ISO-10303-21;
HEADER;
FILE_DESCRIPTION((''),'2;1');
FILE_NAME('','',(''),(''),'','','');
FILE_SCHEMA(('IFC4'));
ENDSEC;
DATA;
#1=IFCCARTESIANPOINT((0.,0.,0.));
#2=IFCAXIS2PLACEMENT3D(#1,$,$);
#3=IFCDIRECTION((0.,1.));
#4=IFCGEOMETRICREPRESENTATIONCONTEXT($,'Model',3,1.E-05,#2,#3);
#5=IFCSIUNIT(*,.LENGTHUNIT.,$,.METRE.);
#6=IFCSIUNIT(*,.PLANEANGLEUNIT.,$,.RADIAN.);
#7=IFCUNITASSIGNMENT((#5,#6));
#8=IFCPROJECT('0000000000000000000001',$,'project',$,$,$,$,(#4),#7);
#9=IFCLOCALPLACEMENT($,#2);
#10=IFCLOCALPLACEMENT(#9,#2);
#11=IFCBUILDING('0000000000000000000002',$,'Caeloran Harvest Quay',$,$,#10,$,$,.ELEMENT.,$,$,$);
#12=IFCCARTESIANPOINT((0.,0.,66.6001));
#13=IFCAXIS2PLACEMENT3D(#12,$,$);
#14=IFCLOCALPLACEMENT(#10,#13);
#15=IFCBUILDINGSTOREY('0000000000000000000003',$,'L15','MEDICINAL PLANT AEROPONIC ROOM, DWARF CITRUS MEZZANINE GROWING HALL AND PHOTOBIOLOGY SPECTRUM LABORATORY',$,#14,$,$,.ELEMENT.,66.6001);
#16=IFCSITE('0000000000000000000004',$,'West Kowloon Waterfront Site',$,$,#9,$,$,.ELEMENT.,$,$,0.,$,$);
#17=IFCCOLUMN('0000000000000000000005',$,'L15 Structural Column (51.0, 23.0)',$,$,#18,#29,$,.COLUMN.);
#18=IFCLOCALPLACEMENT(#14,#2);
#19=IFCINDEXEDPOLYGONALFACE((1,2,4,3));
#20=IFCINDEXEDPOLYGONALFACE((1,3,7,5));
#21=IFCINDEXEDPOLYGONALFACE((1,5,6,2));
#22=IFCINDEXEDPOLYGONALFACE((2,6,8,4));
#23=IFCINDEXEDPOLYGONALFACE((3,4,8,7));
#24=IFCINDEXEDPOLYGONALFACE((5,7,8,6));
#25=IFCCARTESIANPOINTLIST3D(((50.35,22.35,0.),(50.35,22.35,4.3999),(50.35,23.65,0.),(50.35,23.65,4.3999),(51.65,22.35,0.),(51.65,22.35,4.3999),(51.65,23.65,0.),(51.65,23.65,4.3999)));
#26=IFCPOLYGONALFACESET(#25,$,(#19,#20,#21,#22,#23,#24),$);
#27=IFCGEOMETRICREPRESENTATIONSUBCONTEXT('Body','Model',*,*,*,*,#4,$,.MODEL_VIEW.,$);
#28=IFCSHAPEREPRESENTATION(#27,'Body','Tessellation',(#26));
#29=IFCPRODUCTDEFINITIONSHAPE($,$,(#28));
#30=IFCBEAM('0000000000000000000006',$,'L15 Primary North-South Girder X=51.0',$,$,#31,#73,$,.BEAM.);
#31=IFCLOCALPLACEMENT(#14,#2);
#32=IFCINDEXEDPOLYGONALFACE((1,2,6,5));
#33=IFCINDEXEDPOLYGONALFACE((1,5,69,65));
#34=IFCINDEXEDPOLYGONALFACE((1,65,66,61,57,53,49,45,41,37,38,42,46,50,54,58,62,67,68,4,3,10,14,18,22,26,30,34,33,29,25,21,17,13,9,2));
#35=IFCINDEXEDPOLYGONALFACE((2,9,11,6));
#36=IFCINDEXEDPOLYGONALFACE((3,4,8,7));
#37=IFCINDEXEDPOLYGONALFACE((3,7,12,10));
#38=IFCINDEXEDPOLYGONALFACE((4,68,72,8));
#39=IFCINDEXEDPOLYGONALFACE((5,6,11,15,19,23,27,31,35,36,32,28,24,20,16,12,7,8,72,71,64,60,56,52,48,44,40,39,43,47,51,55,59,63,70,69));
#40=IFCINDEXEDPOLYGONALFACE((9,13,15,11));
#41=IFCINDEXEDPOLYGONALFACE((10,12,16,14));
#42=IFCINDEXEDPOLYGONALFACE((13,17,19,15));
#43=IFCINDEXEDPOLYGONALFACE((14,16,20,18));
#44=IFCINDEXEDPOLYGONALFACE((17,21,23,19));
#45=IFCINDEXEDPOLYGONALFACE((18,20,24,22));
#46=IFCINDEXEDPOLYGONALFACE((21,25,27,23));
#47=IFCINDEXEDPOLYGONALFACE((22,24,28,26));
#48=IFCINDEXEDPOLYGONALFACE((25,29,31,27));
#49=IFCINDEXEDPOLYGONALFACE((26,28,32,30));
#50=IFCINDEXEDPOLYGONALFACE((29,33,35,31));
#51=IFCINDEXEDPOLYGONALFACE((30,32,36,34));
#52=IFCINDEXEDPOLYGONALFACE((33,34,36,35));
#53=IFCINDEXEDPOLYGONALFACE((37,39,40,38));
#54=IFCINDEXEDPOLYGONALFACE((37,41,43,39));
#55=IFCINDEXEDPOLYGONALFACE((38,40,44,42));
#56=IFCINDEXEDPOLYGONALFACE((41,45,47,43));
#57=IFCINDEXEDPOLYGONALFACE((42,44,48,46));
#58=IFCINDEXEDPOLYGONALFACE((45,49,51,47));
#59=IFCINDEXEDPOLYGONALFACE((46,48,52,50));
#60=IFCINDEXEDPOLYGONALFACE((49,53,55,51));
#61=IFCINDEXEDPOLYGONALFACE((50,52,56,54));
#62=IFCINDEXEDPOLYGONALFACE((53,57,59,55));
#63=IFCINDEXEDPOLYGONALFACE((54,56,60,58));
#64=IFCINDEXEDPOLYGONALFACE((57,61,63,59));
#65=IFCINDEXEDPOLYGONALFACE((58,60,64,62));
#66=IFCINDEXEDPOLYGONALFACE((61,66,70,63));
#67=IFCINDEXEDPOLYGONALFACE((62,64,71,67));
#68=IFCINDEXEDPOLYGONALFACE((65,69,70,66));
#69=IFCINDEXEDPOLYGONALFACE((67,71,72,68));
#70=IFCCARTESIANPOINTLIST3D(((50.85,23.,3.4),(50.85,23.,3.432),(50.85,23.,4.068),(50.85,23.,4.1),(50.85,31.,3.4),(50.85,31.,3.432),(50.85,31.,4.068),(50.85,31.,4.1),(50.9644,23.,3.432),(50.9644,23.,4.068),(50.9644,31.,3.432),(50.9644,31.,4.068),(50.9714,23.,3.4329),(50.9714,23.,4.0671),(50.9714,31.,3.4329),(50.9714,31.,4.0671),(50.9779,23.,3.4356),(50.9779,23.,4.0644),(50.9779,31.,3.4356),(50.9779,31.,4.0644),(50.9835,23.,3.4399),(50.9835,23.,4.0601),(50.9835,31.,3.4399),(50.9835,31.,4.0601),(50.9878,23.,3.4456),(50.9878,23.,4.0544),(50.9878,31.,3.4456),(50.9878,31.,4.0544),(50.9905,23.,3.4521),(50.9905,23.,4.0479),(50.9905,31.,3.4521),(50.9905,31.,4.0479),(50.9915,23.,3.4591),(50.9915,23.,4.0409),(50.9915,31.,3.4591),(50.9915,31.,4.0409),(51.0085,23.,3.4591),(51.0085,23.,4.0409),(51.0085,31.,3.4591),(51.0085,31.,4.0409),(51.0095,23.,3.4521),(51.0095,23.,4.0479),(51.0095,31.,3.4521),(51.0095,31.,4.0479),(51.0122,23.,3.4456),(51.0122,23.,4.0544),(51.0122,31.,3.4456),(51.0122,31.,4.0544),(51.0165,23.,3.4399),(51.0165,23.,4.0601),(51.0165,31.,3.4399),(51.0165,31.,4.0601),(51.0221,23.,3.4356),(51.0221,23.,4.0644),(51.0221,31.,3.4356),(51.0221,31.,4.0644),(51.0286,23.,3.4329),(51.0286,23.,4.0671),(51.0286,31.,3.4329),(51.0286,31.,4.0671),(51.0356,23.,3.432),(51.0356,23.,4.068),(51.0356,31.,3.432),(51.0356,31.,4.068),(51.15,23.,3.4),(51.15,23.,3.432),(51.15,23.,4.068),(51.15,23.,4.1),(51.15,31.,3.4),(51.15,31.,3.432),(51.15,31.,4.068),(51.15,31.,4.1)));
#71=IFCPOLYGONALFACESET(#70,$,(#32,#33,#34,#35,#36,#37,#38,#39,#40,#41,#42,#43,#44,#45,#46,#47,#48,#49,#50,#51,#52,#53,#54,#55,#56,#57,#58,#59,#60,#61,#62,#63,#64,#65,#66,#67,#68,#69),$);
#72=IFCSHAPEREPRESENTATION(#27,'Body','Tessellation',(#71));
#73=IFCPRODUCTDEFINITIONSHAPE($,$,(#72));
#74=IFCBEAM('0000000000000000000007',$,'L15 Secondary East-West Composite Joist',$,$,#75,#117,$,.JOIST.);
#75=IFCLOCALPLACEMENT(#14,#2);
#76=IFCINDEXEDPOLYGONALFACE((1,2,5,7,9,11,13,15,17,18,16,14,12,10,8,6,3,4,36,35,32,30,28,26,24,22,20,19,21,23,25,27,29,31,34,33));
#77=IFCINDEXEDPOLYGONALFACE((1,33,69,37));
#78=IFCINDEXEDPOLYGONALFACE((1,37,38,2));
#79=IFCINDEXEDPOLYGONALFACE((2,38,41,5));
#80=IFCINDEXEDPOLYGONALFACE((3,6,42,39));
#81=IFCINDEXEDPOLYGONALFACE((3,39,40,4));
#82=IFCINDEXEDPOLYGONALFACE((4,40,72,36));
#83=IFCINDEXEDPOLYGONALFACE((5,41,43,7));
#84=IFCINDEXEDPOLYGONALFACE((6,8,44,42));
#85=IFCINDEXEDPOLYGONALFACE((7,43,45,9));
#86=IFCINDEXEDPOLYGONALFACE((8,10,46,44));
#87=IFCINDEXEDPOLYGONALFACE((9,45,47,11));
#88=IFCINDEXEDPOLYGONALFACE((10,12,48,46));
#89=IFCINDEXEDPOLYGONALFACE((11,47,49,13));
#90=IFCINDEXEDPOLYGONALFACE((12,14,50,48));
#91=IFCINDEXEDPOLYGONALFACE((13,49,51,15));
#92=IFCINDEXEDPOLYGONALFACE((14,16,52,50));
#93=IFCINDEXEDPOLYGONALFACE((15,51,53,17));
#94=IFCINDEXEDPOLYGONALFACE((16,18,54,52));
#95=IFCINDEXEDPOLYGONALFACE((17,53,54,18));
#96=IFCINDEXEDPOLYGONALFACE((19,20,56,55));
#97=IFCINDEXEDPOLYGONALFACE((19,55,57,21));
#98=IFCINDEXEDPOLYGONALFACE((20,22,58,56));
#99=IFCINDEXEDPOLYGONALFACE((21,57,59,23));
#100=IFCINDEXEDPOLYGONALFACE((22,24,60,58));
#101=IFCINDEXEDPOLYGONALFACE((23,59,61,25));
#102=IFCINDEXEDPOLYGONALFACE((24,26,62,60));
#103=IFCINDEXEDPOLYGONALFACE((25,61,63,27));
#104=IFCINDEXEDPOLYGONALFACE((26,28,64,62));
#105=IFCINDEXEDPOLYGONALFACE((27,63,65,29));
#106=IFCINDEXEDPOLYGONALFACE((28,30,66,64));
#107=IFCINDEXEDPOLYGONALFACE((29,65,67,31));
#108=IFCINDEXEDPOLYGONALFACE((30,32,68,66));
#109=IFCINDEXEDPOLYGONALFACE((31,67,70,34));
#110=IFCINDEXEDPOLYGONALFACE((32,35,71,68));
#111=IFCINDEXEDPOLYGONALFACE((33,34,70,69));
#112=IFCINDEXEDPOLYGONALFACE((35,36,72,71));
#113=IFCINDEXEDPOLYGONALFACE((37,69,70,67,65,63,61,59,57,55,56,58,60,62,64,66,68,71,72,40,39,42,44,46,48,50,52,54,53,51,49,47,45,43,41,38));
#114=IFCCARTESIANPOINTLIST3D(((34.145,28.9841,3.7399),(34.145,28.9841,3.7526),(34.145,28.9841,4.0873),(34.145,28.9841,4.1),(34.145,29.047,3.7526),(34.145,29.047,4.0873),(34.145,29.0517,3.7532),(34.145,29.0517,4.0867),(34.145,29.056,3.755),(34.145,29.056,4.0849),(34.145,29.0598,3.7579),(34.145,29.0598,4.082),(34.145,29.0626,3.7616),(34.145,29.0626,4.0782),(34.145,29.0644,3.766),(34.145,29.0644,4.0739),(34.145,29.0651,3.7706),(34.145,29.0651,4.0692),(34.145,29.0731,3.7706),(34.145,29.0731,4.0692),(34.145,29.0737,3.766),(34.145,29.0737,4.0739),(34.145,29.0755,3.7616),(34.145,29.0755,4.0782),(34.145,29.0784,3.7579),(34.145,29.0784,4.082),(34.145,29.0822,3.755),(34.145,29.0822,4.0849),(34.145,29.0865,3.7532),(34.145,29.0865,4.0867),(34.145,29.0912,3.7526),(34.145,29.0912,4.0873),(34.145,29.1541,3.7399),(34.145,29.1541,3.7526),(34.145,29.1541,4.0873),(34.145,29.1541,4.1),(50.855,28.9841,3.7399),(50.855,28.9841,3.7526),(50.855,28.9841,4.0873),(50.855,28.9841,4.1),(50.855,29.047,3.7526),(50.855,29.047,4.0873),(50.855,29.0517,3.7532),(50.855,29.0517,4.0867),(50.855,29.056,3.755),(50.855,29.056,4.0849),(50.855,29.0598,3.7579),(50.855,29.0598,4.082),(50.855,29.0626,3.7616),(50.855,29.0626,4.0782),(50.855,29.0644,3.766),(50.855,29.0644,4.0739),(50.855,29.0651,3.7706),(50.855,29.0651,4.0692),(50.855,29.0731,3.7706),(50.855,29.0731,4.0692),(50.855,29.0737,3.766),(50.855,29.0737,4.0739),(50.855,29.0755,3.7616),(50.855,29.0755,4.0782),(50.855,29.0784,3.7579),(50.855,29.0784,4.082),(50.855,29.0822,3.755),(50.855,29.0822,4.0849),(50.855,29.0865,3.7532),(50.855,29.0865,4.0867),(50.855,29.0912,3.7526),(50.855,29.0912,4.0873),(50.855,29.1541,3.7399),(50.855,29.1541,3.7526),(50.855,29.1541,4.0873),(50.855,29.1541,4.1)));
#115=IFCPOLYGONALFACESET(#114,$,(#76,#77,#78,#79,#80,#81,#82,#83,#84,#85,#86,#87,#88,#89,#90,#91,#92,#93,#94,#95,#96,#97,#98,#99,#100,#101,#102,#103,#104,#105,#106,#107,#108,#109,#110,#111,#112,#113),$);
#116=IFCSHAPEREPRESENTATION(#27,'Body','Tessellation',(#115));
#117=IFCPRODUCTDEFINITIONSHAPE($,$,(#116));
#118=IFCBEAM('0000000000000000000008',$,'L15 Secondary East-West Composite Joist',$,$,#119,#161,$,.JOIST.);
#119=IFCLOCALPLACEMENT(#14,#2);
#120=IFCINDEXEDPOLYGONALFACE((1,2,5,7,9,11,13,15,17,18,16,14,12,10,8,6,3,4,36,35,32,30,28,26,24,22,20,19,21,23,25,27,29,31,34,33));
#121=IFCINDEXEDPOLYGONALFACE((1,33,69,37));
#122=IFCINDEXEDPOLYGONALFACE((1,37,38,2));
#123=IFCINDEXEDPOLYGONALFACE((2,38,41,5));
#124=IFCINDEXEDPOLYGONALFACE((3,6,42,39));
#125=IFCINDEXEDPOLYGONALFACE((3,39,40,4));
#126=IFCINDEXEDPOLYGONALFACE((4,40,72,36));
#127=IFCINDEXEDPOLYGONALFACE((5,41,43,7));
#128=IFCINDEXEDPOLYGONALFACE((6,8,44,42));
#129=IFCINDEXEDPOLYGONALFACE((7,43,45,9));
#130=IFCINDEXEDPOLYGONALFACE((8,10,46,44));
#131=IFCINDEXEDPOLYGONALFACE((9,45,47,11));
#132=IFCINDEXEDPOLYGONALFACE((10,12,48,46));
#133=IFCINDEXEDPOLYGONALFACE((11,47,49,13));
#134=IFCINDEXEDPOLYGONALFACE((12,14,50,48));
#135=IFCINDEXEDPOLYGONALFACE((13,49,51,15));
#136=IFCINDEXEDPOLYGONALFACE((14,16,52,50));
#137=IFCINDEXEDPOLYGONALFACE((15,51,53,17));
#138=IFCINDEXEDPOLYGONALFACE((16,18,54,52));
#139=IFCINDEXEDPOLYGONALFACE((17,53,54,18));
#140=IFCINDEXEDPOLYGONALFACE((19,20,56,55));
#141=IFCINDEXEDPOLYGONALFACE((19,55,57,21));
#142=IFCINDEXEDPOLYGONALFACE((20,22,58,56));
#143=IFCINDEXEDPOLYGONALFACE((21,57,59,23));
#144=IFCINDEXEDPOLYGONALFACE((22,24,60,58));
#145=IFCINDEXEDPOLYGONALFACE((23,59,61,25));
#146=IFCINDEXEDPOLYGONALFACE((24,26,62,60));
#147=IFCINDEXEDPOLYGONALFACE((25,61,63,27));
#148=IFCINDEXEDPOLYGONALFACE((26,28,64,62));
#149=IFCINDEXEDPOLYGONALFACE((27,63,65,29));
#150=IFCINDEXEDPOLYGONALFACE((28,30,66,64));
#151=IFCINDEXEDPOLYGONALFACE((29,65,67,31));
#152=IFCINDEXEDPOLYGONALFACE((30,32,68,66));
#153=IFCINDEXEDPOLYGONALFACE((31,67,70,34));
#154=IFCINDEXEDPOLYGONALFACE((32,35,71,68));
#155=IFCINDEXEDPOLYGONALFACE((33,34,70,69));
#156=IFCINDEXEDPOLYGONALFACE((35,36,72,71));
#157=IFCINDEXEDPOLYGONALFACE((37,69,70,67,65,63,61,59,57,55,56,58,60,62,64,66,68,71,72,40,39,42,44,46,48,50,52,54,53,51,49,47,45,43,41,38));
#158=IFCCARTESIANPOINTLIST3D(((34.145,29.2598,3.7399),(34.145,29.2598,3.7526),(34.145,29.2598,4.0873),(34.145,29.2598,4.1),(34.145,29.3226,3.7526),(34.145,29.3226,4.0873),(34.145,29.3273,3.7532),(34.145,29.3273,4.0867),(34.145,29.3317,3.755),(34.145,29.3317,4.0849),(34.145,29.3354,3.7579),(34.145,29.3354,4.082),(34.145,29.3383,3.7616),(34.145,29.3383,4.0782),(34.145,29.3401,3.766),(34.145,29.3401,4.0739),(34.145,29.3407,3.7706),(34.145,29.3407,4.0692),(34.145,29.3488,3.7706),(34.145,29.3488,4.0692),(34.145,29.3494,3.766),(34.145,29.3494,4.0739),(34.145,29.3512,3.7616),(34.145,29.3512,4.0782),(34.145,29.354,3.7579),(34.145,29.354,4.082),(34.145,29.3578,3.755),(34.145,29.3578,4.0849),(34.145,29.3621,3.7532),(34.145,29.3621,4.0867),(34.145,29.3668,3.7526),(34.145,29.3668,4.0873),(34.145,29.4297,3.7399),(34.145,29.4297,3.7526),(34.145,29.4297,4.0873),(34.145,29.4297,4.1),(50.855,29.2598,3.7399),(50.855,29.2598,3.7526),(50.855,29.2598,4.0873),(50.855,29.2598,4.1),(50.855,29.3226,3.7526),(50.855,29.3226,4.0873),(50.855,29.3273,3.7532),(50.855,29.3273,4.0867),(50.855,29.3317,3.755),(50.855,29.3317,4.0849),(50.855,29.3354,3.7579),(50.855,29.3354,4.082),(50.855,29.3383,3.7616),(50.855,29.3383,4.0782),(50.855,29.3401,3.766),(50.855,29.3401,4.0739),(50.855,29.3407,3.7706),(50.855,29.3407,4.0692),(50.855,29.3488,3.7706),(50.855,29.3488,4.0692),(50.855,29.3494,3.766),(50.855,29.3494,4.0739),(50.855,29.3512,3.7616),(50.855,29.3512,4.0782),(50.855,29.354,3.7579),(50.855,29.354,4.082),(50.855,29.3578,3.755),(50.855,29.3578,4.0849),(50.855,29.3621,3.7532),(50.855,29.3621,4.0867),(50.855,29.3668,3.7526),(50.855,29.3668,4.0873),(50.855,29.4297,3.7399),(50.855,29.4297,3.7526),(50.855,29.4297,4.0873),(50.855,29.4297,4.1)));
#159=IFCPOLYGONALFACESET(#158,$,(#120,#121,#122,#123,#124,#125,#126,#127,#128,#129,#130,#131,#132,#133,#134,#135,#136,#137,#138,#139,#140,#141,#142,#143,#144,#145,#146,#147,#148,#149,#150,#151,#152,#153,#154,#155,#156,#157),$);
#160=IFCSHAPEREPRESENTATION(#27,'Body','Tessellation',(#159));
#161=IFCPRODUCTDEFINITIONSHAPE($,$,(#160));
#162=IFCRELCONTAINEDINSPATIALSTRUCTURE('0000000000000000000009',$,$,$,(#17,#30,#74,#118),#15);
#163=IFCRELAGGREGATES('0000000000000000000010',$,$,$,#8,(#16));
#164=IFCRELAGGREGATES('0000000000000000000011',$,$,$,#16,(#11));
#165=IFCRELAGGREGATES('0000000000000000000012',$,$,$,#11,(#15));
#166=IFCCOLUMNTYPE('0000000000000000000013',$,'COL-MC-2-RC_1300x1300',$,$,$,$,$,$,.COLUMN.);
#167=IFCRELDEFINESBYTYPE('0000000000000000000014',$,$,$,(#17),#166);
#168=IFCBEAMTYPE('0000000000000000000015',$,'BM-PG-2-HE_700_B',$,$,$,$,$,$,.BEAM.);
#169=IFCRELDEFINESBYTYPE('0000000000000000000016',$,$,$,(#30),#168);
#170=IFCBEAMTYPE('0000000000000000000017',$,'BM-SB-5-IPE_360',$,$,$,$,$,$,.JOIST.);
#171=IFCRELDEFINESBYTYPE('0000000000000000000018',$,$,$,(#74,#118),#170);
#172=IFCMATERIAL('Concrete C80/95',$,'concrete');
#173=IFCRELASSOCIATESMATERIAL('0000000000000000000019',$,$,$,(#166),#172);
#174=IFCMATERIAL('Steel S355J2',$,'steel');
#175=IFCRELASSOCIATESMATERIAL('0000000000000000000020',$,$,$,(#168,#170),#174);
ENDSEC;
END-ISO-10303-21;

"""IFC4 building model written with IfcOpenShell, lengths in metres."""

from ifc_helpers import new_model, si_unit, direction, frame, origin, origin_2d, place, context, subcontext, project, spatial, rectangle, i_section, extrude, material, material_profile, profile_set, type_object, element, save


model = new_model("IFC4")

# Units and contexts
model_context = context("Model", 3, precision=1e-05, world=origin(), true_north=direction((0.0, 1.0)))
body_context = subcontext(model_context, "Body", "Model", "MODEL_VIEW")
ifc_project = project(units=[si_unit("LENGTHUNIT", "METRE"), si_unit("PLANEANGLEUNIT", "RADIAN")], contexts=[model_context])

# Site, building, storey
site_placement = place(None, origin())
site = spatial("IfcSite", under=ifc_project, at=site_placement, Name="West Kowloon Waterfront Site", CompositionType="ELEMENT", RefElevation=0.0)
building_placement = place(site_placement, origin())
building = spatial("IfcBuilding", under=site, at=building_placement, Name="Caeloran Harvest Quay", CompositionType="ELEMENT")
storey_placement = place(building_placement, frame((0.0, 0.0, 66.6001)))
storey = spatial("IfcBuildingStorey", under=building, at=storey_placement, Name="L15", Description="MEDICINAL PLANT AEROPONIC ROOM, DWARF CITRUS MEZZANINE GROWING HALL AND PHOTOBIOLOGY SPECTRUM LABORATORY", CompositionType="ELEMENT", Elevation=66.6001)

# Column
ifc_material_1 = material(Name="Concrete C80/95", Category="concrete")
ifc_material_profile_1 = material_profile(ifc_material_1, rectangle(XDim=1.3, YDim=1.3, at=origin_2d()), Name="RC 1300x1300")
ifc_profile_set_1 = profile_set([ifc_material_profile_1], Name="Concrete C80/95")
column_type = type_object("IfcColumnType", Name="COL-MC-2-RC_1300x1300", PredefinedType="COLUMN", material=ifc_profile_set_1)
column_placement = place(storey_placement, frame((51.0, 23.0, 0.0), z_axis=(0.0, 0.0, 1.0), x_axis=(1.0, 0.0, 0.0)))
element("IfcColumn", 1, at=column_placement, inside=storey, type_object=column_type, Name="L15 Structural Column (51.0, 23.0)", PredefinedType="COLUMN", context=body_context, shape_type="SweptSolid", body=[
    extrude(rectangle(XDim=1.3, YDim=1.3, at=origin_2d()), origin(), (0.0, 0.0, 1.0), 4.3999),
])

# Beams
ifc_material_2 = material(Name="Steel S355J2", Category="steel")
ifc_material_profile_2 = material_profile(ifc_material_2, i_section(OverallWidth=0.3, OverallDepth=0.7, WebThickness=0.0171, FlangeThickness=0.032, FilletRadius=0.0271, at=origin_2d()), Name="HE 700 B")
ifc_profile_set_2 = profile_set([ifc_material_profile_2], Name="Steel S355J2")
beam_type_1 = type_object("IfcBeamType", Name="BM-PG-2-HE_700_B", PredefinedType="BEAM", material=ifc_profile_set_2)
beam_placement = place(storey_placement, frame((51.0, 23.0, 3.75), z_axis=(0.0, 1.0, 0.0), x_axis=(-1.0, 0.0, 0.0)))
element("IfcBeam", 2, at=beam_placement, inside=storey, type_object=beam_type_1, Name="L15 Primary North-South Girder X=51.0", PredefinedType="BEAM", context=body_context, shape_type="SweptSolid", body=[
    extrude(i_section(OverallWidth=0.3, OverallDepth=0.7, WebThickness=0.0171, FlangeThickness=0.032, FilletRadius=0.0271, at=origin_2d()), origin(), (0.0, 0.0, 1.0), 8.0),
])
ifc_material_profile_3 = material_profile(ifc_material_2, i_section(OverallWidth=0.1699, OverallDepth=0.3601, WebThickness=0.0081, FlangeThickness=0.0127, FilletRadius=0.0181, at=origin_2d()), Name="IPE 360")
ifc_profile_set_3 = profile_set([ifc_material_profile_3], Name="Steel S355J2")
beam_type_2 = type_object("IfcBeamType", Name="BM-SB-5-IPE_360", PredefinedType="JOIST", material=ifc_profile_set_3)
for number, where, z_axis, x_axis, name in (
    (3, (34.145, 29.0691, 3.9199), (1.0, 0.0, 0.0), (0.0, 1.0, 0.0), "L15 Secondary East-West Composite Joist"),
    (4, (34.145, 29.3447, 3.9199), (1.0, 0.0, 0.0), (0.0, 1.0, 0.0), "L15 Secondary East-West Composite Joist"),
):
    element("IfcBeam", number, at=place(storey_placement, frame(where, z_axis=z_axis, x_axis=x_axis)), inside=storey, type_object=beam_type_2, Name=name, PredefinedType="JOIST", context=body_context, shape_type="SweptSolid", body=[
        extrude(i_section(OverallWidth=0.1699, OverallDepth=0.3601, WebThickness=0.0081, FlangeThickness=0.0127, FilletRadius=0.0181, at=origin_2d()), origin(), (0.0, 0.0, 1.0), 16.71),
    ])

save(model, "model.ifc")
